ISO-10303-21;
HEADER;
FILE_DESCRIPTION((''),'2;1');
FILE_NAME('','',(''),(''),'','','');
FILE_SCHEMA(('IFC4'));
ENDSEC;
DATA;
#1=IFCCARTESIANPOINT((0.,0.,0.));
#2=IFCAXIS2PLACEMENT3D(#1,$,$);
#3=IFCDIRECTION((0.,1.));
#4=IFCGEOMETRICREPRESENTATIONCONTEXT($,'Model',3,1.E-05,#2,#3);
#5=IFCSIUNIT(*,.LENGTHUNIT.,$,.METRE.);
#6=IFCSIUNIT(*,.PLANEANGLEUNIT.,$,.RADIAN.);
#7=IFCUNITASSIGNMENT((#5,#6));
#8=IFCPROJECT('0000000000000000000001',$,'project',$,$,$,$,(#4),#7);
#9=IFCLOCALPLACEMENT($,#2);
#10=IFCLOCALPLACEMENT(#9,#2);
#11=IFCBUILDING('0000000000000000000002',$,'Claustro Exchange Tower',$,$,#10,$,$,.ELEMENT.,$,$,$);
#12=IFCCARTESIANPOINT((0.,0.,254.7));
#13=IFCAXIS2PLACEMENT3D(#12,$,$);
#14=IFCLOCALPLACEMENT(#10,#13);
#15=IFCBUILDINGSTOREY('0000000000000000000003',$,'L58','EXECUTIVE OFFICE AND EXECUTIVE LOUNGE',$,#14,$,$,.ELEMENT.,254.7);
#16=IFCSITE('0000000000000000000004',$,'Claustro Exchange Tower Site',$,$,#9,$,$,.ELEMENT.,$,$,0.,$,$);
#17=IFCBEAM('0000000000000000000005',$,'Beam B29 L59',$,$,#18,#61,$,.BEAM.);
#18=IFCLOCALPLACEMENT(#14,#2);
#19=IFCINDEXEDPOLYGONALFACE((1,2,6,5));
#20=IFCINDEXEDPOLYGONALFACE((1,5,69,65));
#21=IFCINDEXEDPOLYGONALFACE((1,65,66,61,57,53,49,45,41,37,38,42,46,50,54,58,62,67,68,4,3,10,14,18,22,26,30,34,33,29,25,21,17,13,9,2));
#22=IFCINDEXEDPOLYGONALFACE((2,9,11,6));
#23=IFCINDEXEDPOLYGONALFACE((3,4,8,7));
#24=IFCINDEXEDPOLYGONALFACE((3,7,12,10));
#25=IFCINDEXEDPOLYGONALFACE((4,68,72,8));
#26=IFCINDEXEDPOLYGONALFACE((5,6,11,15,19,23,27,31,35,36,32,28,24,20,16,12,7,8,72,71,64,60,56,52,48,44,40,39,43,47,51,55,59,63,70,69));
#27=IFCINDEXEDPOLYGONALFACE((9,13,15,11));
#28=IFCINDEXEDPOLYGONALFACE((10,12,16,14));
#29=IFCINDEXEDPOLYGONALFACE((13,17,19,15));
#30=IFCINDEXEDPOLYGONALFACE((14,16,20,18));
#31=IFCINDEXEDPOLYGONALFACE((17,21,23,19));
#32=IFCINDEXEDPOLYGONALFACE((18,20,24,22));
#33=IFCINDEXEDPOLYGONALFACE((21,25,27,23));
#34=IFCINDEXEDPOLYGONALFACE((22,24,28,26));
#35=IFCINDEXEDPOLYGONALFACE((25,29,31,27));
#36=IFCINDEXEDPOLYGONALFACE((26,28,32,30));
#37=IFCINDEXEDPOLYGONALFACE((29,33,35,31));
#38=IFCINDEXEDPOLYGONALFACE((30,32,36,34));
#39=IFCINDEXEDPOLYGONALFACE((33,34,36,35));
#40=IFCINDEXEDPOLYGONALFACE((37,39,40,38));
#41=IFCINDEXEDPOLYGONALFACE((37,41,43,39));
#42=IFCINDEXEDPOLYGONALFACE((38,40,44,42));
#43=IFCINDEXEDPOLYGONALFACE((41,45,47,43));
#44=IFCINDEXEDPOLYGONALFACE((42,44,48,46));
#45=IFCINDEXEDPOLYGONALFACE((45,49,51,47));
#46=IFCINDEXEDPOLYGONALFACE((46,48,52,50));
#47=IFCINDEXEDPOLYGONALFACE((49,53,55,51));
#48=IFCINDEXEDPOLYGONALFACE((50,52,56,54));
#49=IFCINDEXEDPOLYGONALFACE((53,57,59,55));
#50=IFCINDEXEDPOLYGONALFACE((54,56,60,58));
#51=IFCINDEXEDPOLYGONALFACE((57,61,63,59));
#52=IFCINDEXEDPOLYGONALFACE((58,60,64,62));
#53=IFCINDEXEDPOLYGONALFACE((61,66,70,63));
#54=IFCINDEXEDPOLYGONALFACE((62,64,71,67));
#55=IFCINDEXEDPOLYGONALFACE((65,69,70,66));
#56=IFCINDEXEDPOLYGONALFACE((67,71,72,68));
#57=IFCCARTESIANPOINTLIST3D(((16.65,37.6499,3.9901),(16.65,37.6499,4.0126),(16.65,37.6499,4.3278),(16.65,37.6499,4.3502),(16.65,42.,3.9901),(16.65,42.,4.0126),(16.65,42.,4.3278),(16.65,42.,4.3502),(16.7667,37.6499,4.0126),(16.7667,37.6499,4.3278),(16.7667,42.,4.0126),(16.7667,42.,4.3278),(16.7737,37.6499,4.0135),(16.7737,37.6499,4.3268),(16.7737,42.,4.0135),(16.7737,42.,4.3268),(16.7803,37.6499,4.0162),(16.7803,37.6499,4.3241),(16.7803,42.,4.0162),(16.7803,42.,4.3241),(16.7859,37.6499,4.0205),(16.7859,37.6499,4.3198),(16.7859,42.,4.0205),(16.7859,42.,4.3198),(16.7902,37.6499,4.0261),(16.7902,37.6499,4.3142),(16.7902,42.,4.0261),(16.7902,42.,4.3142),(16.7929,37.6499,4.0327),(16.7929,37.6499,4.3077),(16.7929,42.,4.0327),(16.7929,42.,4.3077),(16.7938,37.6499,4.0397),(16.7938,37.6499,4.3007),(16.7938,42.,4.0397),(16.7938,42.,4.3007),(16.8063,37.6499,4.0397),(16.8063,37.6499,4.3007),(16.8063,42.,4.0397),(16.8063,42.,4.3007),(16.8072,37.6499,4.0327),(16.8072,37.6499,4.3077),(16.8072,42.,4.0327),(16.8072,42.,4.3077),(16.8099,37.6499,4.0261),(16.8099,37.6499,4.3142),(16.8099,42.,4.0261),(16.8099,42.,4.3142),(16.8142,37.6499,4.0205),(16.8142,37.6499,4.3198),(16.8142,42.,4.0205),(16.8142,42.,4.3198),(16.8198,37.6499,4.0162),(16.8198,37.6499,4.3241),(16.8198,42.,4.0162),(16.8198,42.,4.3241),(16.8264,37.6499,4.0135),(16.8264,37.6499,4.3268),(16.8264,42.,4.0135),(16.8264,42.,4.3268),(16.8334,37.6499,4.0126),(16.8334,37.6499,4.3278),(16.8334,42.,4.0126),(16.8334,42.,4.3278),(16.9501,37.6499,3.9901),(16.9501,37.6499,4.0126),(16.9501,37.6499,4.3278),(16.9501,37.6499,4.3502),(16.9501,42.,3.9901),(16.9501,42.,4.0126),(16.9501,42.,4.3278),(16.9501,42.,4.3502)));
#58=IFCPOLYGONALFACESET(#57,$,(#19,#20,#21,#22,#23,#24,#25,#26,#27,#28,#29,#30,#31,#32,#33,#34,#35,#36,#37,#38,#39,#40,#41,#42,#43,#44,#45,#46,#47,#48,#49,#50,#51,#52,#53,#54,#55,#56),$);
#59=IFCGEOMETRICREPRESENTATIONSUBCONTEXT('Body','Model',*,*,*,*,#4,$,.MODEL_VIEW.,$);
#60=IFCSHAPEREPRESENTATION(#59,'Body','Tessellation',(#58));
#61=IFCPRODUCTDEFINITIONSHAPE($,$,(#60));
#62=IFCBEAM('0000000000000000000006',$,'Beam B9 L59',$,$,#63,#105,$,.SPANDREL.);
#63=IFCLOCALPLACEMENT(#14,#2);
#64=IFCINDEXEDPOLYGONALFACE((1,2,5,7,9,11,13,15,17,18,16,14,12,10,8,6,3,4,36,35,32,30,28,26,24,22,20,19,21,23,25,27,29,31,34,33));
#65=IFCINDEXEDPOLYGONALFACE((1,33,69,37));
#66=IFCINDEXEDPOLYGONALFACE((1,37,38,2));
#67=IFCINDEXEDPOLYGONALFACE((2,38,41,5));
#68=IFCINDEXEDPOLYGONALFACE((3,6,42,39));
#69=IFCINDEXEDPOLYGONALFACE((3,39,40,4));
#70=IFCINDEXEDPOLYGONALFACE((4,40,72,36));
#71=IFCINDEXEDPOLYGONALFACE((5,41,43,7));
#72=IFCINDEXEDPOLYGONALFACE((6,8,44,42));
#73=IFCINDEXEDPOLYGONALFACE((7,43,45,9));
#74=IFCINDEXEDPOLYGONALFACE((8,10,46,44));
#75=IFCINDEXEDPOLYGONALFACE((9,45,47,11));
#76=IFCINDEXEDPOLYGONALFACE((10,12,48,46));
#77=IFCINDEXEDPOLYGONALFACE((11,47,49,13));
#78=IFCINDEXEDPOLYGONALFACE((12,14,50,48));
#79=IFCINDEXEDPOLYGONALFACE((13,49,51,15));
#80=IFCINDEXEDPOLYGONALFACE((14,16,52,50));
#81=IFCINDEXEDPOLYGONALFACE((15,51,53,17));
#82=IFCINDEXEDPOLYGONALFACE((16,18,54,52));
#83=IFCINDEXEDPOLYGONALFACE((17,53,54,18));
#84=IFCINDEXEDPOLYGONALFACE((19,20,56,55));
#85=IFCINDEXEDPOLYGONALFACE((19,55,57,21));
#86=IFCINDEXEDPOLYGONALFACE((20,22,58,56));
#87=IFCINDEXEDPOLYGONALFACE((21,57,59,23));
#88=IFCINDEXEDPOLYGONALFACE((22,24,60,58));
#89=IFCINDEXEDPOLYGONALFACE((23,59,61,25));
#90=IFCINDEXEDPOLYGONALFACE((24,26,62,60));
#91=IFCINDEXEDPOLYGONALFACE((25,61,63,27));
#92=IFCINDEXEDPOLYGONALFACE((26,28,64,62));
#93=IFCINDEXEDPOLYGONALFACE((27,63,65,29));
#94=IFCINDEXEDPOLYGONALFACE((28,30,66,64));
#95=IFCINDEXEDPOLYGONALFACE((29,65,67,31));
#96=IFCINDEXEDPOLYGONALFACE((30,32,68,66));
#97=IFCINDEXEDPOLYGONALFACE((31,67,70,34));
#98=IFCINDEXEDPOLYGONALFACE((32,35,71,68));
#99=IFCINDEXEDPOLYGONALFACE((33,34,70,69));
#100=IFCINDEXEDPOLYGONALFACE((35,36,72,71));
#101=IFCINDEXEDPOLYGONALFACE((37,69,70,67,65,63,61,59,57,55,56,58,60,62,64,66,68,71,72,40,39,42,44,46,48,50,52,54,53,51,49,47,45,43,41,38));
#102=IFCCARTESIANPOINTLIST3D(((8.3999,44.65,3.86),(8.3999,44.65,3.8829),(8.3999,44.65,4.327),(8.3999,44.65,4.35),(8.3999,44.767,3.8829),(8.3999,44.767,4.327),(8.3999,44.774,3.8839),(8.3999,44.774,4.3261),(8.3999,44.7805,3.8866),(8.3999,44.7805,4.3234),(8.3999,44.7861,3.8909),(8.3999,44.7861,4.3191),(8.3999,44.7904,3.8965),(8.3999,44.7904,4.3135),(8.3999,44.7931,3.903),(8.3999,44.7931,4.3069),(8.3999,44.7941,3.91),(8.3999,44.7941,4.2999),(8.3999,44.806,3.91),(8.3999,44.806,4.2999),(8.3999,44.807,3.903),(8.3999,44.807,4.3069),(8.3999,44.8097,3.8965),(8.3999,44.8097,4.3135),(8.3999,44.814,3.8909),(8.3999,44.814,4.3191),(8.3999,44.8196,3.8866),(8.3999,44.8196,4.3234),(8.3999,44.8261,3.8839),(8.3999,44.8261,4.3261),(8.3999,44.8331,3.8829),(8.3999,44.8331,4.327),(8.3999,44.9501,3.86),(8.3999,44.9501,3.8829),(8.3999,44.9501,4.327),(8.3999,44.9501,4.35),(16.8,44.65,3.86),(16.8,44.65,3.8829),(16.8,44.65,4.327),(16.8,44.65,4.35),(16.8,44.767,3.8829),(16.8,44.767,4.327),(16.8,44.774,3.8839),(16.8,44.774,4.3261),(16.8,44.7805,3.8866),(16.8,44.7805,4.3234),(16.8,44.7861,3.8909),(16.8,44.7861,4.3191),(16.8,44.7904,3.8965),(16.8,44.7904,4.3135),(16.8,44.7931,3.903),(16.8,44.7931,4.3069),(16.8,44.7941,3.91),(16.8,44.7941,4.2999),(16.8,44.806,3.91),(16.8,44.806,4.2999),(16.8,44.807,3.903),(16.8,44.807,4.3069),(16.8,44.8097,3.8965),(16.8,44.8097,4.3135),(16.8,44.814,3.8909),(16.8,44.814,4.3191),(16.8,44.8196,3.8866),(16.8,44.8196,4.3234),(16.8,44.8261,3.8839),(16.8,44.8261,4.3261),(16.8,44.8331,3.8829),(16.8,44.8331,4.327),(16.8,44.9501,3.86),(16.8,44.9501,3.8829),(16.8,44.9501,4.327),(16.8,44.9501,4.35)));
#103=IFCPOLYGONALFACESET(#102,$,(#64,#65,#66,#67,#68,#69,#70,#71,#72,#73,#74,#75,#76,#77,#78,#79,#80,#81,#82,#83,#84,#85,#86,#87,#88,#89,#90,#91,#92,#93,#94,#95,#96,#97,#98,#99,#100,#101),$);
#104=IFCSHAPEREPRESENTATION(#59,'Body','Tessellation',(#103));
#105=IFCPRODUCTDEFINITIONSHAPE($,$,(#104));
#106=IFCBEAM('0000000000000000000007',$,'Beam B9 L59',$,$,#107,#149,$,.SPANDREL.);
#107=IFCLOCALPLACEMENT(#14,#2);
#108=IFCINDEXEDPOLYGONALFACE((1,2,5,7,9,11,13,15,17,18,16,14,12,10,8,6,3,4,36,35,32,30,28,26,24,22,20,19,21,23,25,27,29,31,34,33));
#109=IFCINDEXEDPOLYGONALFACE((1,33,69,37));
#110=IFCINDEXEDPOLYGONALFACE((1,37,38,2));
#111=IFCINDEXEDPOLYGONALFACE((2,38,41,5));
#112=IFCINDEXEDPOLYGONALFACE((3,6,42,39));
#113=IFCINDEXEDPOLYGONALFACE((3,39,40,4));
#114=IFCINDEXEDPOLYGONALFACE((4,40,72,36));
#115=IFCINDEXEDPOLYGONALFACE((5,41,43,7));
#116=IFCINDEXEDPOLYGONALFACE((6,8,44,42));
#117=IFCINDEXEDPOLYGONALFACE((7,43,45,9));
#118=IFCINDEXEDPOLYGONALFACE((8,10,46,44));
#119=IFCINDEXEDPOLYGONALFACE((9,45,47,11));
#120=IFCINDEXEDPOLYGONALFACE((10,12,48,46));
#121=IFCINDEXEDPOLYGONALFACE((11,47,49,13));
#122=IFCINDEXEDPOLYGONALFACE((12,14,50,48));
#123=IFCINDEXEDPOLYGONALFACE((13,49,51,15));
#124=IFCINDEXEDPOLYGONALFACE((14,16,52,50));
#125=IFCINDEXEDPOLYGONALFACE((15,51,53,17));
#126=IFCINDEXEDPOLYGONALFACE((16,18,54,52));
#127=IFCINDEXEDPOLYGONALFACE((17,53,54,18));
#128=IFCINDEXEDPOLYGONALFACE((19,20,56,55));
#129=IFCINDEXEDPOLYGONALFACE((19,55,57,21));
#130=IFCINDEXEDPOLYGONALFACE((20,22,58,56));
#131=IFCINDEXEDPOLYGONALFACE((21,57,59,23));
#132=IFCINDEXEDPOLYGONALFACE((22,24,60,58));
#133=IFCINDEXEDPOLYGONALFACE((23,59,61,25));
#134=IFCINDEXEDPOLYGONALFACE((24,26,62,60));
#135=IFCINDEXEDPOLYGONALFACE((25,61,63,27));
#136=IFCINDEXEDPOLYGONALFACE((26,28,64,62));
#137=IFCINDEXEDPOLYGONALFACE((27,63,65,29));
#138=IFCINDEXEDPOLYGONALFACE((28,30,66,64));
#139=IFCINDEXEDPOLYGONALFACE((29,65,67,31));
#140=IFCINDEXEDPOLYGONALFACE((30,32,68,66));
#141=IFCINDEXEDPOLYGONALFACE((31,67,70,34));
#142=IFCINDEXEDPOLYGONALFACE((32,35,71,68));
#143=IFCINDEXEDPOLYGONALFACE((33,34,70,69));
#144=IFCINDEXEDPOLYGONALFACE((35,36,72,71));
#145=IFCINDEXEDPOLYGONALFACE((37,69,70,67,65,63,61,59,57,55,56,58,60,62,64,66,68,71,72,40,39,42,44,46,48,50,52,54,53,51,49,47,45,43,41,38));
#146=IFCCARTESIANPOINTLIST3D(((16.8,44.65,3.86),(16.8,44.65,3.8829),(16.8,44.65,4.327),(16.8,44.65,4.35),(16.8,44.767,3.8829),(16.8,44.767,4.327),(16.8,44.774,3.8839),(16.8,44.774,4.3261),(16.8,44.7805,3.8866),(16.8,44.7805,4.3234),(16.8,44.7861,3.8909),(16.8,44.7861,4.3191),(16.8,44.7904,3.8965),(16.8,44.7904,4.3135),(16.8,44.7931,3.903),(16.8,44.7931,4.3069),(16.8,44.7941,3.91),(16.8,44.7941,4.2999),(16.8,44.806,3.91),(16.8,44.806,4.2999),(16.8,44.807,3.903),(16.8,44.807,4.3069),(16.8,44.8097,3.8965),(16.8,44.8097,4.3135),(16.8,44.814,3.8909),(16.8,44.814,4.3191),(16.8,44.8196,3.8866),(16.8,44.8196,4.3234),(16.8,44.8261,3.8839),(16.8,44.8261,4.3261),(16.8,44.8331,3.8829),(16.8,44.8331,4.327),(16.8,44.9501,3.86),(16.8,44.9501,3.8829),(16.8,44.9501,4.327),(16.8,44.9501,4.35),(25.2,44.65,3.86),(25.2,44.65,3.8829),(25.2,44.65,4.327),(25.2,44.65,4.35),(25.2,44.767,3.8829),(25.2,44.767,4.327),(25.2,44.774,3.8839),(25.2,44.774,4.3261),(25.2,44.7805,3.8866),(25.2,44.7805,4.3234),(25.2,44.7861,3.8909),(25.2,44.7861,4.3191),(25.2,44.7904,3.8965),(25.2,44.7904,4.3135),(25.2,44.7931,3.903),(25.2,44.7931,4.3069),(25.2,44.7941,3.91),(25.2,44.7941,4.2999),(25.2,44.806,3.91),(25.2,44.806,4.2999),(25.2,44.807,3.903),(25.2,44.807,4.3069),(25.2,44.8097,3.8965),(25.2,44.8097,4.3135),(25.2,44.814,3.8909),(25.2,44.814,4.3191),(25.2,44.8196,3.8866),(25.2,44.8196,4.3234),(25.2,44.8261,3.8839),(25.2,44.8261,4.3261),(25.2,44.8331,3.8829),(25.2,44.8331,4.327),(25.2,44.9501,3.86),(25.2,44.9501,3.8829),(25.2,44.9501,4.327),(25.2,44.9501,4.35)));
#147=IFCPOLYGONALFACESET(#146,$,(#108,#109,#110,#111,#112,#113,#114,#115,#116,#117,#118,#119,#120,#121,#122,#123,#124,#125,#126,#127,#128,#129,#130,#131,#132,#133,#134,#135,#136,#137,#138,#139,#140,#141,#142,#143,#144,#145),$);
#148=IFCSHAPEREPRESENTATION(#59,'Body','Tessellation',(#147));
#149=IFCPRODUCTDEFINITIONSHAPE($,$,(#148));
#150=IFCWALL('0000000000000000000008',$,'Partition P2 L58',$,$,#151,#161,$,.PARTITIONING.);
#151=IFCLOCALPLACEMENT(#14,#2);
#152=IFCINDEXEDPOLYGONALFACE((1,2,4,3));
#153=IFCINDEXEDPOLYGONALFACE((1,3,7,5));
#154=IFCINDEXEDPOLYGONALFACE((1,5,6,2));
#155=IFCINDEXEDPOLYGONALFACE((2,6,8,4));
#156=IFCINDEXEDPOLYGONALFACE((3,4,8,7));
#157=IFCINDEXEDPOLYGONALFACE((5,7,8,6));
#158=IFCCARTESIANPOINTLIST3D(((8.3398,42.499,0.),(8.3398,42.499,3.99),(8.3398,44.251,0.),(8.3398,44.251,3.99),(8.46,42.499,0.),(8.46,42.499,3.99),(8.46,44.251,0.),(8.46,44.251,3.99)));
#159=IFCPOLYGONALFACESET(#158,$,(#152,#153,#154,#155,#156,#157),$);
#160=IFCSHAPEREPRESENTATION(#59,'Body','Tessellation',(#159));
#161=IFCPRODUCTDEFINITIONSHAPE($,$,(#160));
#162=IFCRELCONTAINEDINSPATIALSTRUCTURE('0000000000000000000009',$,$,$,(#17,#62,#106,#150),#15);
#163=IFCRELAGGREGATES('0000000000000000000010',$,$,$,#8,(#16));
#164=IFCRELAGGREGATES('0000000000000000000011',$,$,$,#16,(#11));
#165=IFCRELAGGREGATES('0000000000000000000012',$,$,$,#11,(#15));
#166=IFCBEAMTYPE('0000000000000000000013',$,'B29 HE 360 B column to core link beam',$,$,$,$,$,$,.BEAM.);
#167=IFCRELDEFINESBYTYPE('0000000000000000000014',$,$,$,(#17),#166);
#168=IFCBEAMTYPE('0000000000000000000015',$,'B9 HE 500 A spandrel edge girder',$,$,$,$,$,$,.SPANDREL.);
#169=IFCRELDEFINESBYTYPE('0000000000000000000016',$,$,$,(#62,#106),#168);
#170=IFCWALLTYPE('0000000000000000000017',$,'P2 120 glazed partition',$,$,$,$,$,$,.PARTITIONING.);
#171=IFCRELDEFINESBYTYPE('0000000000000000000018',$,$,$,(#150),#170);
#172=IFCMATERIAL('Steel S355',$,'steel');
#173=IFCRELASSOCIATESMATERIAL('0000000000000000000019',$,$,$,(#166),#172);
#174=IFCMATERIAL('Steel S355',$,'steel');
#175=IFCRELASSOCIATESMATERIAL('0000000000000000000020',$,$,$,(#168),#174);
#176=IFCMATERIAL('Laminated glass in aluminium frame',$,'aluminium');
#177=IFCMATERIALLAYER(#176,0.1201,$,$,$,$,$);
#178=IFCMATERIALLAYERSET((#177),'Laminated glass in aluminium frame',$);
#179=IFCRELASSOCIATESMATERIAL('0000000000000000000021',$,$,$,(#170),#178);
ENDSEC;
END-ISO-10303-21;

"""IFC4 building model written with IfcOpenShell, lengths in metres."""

from ifc_helpers import new_model, si_unit, direction, frame, frame_2d, origin, origin_2d, place, context, subcontext, project, spatial, rectangle, i_section, extrude, material, layer, layer_set, material_profile, profile_set, type_object, element, save


model = new_model("IFC4")

# Units and contexts
model_context = context("Model", 3, precision=1e-05, world=origin(), true_north=direction((0.0, 1.0)))
body_context = subcontext(model_context, "Body", "Model", "MODEL_VIEW")
ifc_project = project(units=[si_unit("LENGTHUNIT", "METRE"), si_unit("PLANEANGLEUNIT", "RADIAN")], contexts=[model_context])

# Site, building, storey
site_placement = place(None, origin())
site = spatial("IfcSite", under=ifc_project, at=site_placement, Name="Claustro Exchange Tower Site", CompositionType="ELEMENT", RefElevation=0.0)
building_placement = place(site_placement, origin())
building = spatial("IfcBuilding", under=site, at=building_placement, Name="Claustro Exchange Tower", CompositionType="ELEMENT")
storey_placement = place(building_placement, frame((0.0, 0.0, 254.7)))
storey = spatial("IfcBuildingStorey", under=building, at=storey_placement, Name="L58", Description="EXECUTIVE OFFICE AND EXECUTIVE LOUNGE", CompositionType="ELEMENT", Elevation=254.7)

# Beams
ifc_material_1 = material(Name="Steel S355", Category="steel")
ifc_material_profile_1 = material_profile(ifc_material_1, i_section(OverallWidth=0.3, OverallDepth=0.3601, WebThickness=0.0125, FlangeThickness=0.0225, FilletRadius=0.0271, at=origin_2d()), Name="HE 360 B")
ifc_profile_set_1 = profile_set([ifc_material_profile_1], Name="Steel S355")
beam_type_1 = type_object("IfcBeamType", Name="B29 HE 360 B column to core link beam", PredefinedType="BEAM", material=ifc_profile_set_1)
for number, where, z_axis, x_axis, name in (
    (1, (16.8, 37.6499, 4.1702), (0.0, 1.0, 0.0), (-1.0, 0.0, 0.0), "Beam B29 L59"),
):
    element("IfcBeam", number, at=place(storey_placement, frame(where, z_axis=z_axis, x_axis=x_axis)), inside=storey, type_object=beam_type_1, Name=name, PredefinedType="BEAM", context=body_context, shape_type="SweptSolid", body=[
        extrude(i_section(OverallWidth=0.3, OverallDepth=0.3601, WebThickness=0.0125, FlangeThickness=0.0225, FilletRadius=0.0271, at=origin_2d()), origin(), (0.0, 0.0, 1.0), 4.3501),
    ])
ifc_material_2 = material(Name="Steel S355", Category="steel")
ifc_material_profile_2 = material_profile(ifc_material_2, i_section(OverallWidth=0.3, OverallDepth=0.49, WebThickness=0.012, FlangeThickness=0.0229, FilletRadius=0.0271, at=origin_2d()), Name="HE 500 A")
ifc_profile_set_2 = profile_set([ifc_material_profile_2], Name="Steel S355")
beam_type_2 = type_object("IfcBeamType", Name="B9 HE 500 A spandrel edge girder", PredefinedType="SPANDREL", material=ifc_profile_set_2)
beam_1_placement = place(storey_placement, frame((8.3999, 44.8, 4.105), z_axis=(1.0, 0.0, 0.0), x_axis=(0.0, 1.0, 0.0)))
element("IfcBeam", 2, at=beam_1_placement, inside=storey, type_object=beam_type_2, Name="Beam B9 L59", PredefinedType="SPANDREL", context=body_context, shape_type="SweptSolid", body=[
    extrude(i_section(OverallWidth=0.3, OverallDepth=0.49, WebThickness=0.012, FlangeThickness=0.0229, FilletRadius=0.0271, at=origin_2d()), origin(), (0.0, 0.0, 1.0), 8.4001),
])
beam_2_placement = place(storey_placement, frame((16.8, 44.8, 4.105), z_axis=(1.0, 0.0, 0.0), x_axis=(0.0, 1.0, 0.0)))
element("IfcBeam", 3, at=beam_2_placement, inside=storey, type_object=beam_type_2, Name="Beam B9 L59", PredefinedType="SPANDREL", context=body_context, shape_type="SweptSolid", body=[
    extrude(i_section(OverallWidth=0.3, OverallDepth=0.49, WebThickness=0.012, FlangeThickness=0.0229, FilletRadius=0.0271, at=origin_2d()), origin(), (0.0, 0.0, 1.0), 8.3999),
])

# Wall
ifc_material_3 = material(Name="Laminated glass in aluminium frame", Category="aluminium")
ifc_layer_1 = layer(ifc_material_3, 0.1201)
ifc_layer_set_1 = layer_set([ifc_layer_1], Name="Laminated glass in aluminium frame")
wall_type_1 = type_object("IfcWallType", Name="P2 120 glazed partition", PredefinedType="PARTITIONING", material=ifc_layer_set_1)
wall_1_placement = place(storey_placement, frame((8.3999, 42.499, 0.0), z_axis=(0.0, 0.0, 1.0), x_axis=(0.0, 1.0, 0.0)))
element("IfcWall", 4, at=wall_1_placement, inside=storey, type_object=wall_type_1, Name="Partition P2 L58", PredefinedType="PARTITIONING", context=body_context, shape_type="SweptSolid", body=[
    extrude(rectangle(XDim=1.752, YDim=0.1201, at=frame_2d((0.876, 0.0))), origin(), (0.0, 0.0, 1.0), 3.99),
])

save(model, "model.ifc")
